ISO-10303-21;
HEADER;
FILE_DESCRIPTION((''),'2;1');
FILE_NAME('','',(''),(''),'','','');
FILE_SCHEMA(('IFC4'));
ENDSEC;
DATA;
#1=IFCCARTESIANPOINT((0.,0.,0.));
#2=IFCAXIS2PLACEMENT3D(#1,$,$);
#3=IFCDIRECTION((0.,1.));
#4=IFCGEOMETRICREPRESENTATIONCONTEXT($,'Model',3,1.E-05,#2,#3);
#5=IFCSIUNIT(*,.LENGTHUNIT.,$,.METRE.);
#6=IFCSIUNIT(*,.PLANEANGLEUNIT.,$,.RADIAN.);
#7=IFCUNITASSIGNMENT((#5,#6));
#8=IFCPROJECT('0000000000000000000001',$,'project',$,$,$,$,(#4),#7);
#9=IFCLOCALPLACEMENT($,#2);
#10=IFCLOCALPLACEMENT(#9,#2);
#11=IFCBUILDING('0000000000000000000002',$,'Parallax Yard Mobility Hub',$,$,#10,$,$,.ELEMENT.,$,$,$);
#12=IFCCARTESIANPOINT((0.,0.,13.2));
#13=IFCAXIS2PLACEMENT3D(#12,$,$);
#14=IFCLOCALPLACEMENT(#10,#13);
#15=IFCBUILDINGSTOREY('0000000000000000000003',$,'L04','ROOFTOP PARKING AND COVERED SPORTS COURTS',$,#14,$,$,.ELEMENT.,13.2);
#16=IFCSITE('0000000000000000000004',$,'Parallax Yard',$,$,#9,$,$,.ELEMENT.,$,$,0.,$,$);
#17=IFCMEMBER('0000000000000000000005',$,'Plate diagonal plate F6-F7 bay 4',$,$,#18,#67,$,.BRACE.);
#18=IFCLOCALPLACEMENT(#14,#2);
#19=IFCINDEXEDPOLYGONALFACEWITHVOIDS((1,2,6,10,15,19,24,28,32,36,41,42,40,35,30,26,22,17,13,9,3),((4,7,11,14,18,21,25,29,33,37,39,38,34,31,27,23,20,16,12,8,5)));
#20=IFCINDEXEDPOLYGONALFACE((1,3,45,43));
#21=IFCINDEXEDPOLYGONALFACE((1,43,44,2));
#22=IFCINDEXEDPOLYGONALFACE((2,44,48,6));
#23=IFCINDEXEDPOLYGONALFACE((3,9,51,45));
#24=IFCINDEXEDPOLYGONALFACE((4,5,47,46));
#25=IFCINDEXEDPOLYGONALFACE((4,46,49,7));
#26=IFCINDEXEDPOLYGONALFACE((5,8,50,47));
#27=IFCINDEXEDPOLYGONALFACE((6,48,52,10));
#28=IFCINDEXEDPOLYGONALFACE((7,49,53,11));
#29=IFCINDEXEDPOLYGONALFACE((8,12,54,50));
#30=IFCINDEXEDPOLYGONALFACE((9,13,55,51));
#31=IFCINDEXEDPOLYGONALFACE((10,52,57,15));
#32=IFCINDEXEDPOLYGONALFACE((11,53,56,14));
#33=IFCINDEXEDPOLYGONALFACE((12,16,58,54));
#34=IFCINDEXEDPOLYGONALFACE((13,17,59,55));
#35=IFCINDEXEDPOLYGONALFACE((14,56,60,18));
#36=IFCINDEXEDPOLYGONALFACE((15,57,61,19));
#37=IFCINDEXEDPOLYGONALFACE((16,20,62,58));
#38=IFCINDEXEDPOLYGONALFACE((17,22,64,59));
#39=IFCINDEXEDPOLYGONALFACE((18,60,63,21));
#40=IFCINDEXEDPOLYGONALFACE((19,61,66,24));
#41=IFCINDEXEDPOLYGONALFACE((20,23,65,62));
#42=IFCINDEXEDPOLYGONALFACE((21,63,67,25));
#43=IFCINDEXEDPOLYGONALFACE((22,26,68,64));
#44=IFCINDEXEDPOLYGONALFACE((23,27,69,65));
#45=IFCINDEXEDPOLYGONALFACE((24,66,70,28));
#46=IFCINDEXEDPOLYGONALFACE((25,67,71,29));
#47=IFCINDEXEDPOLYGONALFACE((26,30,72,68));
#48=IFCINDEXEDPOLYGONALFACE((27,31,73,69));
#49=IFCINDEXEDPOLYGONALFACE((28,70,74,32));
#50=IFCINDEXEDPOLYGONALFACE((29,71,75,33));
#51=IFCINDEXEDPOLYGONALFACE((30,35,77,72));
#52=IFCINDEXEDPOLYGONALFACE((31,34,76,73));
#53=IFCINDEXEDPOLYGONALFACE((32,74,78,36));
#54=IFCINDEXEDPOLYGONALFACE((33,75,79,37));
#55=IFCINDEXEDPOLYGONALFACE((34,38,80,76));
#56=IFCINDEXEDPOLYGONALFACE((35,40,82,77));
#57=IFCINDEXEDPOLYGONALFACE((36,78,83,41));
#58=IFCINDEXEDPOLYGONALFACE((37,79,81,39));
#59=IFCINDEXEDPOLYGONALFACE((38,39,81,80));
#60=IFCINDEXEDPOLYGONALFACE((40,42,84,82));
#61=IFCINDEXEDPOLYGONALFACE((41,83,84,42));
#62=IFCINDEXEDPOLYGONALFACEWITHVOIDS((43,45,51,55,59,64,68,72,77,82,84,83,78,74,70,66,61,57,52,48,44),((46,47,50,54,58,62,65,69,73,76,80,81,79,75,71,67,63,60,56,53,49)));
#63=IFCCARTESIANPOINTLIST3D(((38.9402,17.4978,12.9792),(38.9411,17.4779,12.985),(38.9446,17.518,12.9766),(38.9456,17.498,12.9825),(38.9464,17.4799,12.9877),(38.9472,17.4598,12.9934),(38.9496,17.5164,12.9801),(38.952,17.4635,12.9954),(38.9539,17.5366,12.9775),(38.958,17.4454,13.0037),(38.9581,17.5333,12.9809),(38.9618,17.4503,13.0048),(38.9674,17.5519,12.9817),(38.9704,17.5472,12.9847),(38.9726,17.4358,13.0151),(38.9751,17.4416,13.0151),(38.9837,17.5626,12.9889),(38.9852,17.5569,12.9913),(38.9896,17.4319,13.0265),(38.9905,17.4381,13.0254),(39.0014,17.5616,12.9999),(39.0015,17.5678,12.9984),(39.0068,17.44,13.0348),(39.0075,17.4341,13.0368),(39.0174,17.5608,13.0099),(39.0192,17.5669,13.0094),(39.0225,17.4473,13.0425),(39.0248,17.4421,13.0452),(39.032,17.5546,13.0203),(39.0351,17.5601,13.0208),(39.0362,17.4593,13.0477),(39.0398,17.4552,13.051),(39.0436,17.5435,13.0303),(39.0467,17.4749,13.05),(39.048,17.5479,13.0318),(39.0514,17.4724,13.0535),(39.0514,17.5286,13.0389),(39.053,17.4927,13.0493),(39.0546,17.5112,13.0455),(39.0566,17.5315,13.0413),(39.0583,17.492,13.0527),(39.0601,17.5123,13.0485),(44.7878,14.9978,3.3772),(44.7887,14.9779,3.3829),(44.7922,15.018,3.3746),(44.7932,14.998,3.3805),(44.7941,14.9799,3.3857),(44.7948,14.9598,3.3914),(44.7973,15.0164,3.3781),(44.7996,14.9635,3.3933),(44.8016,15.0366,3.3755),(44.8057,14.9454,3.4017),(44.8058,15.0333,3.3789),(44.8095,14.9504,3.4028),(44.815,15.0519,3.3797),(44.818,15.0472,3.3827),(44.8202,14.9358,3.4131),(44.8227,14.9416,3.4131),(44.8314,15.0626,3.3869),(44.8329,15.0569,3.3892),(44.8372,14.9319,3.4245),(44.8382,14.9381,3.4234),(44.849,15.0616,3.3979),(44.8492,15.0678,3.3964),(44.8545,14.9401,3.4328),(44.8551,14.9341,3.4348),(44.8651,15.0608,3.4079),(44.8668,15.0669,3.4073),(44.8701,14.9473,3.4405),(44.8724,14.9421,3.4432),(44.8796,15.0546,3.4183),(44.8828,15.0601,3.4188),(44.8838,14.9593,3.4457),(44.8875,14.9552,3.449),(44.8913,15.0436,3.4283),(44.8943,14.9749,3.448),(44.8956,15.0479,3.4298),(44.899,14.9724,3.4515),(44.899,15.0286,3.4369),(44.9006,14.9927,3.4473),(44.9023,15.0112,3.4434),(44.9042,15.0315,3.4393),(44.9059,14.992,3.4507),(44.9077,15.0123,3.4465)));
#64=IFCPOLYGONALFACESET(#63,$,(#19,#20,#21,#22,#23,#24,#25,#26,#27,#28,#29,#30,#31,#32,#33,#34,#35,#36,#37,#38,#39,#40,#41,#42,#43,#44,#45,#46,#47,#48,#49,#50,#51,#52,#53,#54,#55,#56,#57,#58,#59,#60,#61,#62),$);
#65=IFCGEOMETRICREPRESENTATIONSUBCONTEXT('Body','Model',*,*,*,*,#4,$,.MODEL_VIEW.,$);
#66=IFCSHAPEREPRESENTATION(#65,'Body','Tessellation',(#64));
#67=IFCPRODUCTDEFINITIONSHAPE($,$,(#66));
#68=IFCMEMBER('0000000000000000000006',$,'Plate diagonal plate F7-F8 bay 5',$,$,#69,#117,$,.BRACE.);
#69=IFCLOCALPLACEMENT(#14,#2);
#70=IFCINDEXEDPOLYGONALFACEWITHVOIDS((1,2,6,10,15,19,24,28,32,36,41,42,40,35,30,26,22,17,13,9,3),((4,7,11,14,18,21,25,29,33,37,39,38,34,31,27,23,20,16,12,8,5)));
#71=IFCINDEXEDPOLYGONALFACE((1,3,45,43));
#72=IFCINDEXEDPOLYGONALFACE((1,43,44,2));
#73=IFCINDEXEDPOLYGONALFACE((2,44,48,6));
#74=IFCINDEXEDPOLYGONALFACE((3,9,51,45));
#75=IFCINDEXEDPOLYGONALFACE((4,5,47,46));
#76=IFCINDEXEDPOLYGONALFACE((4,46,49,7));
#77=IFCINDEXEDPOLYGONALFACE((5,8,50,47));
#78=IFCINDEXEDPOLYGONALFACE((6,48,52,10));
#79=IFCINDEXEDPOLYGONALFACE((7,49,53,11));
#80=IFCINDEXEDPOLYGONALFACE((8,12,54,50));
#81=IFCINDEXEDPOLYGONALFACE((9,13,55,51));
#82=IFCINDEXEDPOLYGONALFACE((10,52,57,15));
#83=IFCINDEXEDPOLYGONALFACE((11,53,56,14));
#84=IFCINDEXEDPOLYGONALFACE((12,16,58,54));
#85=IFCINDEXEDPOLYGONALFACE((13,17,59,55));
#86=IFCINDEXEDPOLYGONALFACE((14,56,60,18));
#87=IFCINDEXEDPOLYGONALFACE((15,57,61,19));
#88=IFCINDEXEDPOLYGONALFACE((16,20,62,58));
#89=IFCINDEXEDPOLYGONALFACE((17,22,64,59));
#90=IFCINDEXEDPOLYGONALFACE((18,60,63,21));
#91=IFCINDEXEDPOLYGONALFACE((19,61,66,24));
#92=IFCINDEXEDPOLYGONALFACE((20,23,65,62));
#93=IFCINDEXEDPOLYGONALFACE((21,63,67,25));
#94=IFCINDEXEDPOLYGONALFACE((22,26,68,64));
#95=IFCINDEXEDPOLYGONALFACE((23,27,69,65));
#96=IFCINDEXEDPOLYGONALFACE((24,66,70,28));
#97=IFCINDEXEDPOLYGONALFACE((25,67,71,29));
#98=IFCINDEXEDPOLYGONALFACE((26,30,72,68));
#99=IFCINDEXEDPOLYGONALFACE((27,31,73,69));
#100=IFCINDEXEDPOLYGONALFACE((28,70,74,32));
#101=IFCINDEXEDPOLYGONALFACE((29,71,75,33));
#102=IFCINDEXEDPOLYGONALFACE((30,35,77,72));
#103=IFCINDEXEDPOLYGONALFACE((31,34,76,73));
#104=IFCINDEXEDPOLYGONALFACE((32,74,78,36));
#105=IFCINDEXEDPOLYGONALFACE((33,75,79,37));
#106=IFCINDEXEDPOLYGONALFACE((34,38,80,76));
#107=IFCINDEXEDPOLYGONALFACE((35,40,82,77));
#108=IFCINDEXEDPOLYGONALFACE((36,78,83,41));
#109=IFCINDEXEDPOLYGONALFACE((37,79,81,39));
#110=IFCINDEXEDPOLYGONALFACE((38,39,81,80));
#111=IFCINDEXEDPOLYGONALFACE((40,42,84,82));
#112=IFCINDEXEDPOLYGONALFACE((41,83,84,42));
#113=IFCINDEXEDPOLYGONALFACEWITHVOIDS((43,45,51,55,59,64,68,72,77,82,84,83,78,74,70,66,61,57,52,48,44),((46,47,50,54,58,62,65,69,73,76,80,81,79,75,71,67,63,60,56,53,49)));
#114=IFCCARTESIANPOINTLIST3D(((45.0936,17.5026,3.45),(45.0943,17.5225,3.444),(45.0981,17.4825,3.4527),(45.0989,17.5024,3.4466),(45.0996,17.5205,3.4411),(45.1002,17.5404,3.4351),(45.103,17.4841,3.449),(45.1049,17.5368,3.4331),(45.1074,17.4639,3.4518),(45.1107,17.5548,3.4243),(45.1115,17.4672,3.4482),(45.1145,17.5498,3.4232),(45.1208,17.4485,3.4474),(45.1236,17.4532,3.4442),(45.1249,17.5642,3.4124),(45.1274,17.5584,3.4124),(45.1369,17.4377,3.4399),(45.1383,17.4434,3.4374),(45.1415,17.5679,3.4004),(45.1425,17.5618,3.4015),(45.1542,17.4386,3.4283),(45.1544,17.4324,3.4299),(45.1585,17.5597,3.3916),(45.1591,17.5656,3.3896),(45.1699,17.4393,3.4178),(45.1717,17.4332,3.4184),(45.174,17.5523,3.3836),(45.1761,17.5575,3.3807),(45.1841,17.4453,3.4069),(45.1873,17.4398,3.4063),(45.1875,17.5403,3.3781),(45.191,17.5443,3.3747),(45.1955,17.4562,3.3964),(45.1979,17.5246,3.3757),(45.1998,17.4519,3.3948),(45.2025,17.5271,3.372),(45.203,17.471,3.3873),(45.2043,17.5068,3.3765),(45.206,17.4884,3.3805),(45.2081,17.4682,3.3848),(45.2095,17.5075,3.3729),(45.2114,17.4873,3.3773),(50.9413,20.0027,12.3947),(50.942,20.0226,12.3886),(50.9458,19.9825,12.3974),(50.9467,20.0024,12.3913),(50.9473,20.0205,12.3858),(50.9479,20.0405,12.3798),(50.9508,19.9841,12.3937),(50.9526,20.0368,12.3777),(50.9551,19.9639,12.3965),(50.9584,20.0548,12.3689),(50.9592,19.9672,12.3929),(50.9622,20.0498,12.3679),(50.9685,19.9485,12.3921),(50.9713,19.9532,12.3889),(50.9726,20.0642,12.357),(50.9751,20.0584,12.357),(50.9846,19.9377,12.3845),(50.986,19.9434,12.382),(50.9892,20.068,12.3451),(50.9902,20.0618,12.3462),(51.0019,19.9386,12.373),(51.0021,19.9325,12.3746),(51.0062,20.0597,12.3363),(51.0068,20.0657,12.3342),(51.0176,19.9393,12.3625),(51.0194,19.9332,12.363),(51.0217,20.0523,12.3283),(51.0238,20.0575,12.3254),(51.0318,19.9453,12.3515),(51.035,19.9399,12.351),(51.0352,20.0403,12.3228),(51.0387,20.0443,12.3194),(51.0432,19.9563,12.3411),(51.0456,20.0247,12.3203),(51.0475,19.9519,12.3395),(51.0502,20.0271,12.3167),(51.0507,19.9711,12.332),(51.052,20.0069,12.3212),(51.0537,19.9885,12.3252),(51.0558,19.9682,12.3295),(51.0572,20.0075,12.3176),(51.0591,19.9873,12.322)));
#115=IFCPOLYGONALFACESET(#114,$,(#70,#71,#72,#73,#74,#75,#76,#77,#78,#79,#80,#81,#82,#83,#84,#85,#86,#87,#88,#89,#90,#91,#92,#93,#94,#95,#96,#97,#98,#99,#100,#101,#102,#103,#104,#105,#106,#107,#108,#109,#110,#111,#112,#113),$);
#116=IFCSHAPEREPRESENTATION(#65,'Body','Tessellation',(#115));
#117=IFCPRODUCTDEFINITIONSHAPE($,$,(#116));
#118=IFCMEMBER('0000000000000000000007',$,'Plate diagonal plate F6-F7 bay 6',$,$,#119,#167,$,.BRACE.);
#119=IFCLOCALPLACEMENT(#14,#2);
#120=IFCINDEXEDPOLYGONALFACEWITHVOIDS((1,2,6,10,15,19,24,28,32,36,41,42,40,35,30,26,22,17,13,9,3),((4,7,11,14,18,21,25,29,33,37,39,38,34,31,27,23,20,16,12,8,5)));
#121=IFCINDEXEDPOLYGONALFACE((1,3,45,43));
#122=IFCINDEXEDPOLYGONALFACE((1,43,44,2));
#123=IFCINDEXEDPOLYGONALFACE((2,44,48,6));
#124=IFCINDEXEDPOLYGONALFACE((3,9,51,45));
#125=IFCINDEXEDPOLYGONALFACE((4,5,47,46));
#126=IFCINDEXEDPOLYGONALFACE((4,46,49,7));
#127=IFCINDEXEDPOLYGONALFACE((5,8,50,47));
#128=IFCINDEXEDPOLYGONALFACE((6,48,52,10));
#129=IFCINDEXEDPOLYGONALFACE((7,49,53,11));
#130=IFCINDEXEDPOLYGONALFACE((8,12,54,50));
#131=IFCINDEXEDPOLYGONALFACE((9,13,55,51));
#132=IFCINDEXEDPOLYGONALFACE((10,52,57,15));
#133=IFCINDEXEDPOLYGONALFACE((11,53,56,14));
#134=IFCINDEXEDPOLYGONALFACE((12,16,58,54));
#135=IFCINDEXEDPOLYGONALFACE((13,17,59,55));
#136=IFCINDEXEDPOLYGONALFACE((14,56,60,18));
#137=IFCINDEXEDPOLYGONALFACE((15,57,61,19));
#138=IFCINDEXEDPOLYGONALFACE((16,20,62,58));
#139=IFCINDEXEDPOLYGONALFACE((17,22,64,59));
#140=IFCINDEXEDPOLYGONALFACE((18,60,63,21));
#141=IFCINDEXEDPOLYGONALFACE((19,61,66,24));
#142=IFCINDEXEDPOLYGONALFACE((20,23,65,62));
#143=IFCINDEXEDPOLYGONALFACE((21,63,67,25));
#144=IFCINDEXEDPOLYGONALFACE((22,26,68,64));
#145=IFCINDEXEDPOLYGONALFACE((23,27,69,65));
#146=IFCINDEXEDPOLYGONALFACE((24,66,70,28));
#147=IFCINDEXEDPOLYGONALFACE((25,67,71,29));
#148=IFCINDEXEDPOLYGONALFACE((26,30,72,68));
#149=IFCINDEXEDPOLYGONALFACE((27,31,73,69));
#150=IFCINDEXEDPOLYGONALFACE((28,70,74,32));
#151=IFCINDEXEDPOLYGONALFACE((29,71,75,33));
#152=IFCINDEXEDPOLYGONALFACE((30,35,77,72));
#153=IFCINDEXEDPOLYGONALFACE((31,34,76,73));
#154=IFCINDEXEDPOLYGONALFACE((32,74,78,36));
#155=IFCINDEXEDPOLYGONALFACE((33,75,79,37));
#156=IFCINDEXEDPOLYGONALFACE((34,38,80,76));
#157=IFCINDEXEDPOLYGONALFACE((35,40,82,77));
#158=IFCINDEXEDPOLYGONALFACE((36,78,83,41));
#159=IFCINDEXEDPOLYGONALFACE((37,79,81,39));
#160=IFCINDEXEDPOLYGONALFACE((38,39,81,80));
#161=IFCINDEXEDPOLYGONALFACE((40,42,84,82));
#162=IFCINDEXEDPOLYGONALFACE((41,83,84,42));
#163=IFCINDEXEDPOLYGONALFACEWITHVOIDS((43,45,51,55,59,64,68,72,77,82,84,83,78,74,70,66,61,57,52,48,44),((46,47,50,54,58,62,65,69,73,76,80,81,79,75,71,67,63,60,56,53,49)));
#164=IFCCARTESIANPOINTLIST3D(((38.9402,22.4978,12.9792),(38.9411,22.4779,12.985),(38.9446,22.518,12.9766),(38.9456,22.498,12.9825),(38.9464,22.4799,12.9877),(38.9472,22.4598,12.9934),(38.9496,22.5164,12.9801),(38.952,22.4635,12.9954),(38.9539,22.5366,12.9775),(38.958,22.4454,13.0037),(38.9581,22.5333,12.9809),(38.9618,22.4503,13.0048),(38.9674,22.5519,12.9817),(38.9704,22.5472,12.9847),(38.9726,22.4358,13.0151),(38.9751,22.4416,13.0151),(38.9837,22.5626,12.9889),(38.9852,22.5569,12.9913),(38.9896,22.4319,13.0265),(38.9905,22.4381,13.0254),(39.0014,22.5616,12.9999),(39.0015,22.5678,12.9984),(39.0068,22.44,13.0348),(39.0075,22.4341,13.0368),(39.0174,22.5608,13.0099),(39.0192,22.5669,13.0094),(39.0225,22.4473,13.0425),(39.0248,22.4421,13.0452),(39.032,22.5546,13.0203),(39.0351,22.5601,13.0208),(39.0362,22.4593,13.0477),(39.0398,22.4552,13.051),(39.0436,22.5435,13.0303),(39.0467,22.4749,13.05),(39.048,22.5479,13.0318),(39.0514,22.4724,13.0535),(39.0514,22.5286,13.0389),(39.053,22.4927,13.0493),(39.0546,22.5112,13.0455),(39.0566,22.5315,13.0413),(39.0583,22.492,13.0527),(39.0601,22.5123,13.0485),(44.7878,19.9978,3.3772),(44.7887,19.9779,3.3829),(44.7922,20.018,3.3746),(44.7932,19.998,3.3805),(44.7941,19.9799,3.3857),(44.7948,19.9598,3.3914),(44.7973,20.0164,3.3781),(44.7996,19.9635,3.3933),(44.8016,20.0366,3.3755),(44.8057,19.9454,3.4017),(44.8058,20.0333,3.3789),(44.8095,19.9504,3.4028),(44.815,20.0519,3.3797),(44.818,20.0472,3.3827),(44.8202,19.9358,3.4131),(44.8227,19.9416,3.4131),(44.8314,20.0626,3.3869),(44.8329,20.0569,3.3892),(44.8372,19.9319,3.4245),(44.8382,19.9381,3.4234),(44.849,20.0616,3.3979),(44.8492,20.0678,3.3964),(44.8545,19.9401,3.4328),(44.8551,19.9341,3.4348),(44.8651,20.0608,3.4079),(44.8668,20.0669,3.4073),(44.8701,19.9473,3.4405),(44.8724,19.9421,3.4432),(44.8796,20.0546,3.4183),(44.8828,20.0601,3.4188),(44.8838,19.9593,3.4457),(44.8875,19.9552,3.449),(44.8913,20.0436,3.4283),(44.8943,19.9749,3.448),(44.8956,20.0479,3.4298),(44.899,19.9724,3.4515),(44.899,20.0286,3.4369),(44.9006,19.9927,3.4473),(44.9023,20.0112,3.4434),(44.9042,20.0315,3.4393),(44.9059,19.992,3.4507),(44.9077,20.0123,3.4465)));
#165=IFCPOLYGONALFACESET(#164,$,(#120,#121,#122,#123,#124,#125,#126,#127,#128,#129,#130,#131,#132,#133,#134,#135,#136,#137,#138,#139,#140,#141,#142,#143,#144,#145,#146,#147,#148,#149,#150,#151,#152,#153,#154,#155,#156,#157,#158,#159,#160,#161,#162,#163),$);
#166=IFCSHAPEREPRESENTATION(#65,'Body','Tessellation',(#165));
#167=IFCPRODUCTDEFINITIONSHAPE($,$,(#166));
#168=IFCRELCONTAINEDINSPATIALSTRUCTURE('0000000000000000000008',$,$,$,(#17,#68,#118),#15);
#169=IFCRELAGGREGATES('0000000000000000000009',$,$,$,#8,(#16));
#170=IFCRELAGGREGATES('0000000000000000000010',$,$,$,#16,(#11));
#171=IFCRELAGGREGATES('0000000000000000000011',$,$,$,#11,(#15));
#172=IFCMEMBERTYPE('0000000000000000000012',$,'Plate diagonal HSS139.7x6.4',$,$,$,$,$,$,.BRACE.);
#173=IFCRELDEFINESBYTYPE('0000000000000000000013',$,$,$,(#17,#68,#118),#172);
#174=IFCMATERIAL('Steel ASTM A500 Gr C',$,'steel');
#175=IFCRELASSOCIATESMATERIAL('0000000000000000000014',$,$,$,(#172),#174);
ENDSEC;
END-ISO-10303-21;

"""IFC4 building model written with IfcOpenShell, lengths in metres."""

from ifc_helpers import new_model, si_unit, direction, frame, origin, origin_2d, place, context, subcontext, project, spatial, hollow_circle, extrude, material, material_profile, profile_set, type_object, element, save


model = new_model("IFC4")

# Units and contexts
model_context = context("Model", 3, precision=1e-05, world=origin(), true_north=direction((0.0, 1.0)))
body_context = subcontext(model_context, "Body", "Model", "MODEL_VIEW")
ifc_project = project(units=[si_unit("LENGTHUNIT", "METRE"), si_unit("PLANEANGLEUNIT", "RADIAN")], contexts=[model_context])

# Site, building, storey
site_placement = place(None, origin())
site = spatial("IfcSite", under=ifc_project, at=site_placement, Name="Parallax Yard", CompositionType="ELEMENT", RefElevation=0.0)
building_placement = place(site_placement, origin())
building = spatial("IfcBuilding", under=site, at=building_placement, Name="Parallax Yard Mobility Hub", CompositionType="ELEMENT")
storey_placement = place(building_placement, frame((0.0, 0.0, 13.2)))
storey = spatial("IfcBuildingStorey", under=building, at=storey_placement, Name="L04", Description="ROOFTOP PARKING AND COVERED SPORTS COURTS", CompositionType="ELEMENT", Elevation=13.2)

# Members
ifc_material_1 = material(Name="Steel ASTM A500 Gr C", Category="steel")
ifc_material_profile_1 = material_profile(ifc_material_1, hollow_circle(Radius=0.0698, WallThickness=0.0063, at=origin_2d()), Name="HSS139.7x6.4")
ifc_profile_set_1 = profile_set([ifc_material_profile_1], Name="Steel ASTM A500 Gr C")
member_type_1 = type_object("IfcMemberType", Name="Plate diagonal HSS139.7x6.4", PredefinedType="BRACE", material=ifc_profile_set_1)
member_1_placement = place(storey_placement, frame((44.8477, 15.0, 3.4131), z_axis=(-0.507735, 0.217068, 0.833718), x_axis=(-0.393104, -0.919494, 0.0)))
element("IfcMember", 1, at=member_1_placement, inside=storey, type_object=member_type_1, Name="Plate diagonal plate F6-F7 bay 4", PredefinedType="BRACE", context=body_context, shape_type="SweptSolid", body=[
    extrude(hollow_circle(Radius=0.0698, WallThickness=0.0063, at=origin_2d()), origin(), (0.0, 0.0, 1.0), 11.5171),
])
member_2_placement = place(storey_placement, frame((45.1523, 17.5, 3.4124), z_axis=(0.532816, 0.22779, 0.814996), x_axis=(-0.393104, 0.919494, 0.0)))
element("IfcMember", 2, at=member_2_placement, inside=storey, type_object=member_type_1, Name="Plate diagonal plate F7-F8 bay 5", PredefinedType="BRACE", context=body_context, shape_type="SweptSolid", body=[
    extrude(hollow_circle(Radius=0.0698, WallThickness=0.0063, at=origin_2d()), origin(), (0.0, 0.0, 1.0), 10.9751),
])
member_3_placement = place(storey_placement, frame((44.8477, 20.0, 3.4131), z_axis=(-0.507735, 0.217068, 0.833718), x_axis=(-0.393104, -0.919494, 0.0)))
element("IfcMember", 3, at=member_3_placement, inside=storey, type_object=member_type_1, Name="Plate diagonal plate F6-F7 bay 6", PredefinedType="BRACE", context=body_context, shape_type="SweptSolid", body=[
    extrude(hollow_circle(Radius=0.0698, WallThickness=0.0063, at=origin_2d()), origin(), (0.0, 0.0, 1.0), 11.5171),
])

save(model, "model.ifc")
